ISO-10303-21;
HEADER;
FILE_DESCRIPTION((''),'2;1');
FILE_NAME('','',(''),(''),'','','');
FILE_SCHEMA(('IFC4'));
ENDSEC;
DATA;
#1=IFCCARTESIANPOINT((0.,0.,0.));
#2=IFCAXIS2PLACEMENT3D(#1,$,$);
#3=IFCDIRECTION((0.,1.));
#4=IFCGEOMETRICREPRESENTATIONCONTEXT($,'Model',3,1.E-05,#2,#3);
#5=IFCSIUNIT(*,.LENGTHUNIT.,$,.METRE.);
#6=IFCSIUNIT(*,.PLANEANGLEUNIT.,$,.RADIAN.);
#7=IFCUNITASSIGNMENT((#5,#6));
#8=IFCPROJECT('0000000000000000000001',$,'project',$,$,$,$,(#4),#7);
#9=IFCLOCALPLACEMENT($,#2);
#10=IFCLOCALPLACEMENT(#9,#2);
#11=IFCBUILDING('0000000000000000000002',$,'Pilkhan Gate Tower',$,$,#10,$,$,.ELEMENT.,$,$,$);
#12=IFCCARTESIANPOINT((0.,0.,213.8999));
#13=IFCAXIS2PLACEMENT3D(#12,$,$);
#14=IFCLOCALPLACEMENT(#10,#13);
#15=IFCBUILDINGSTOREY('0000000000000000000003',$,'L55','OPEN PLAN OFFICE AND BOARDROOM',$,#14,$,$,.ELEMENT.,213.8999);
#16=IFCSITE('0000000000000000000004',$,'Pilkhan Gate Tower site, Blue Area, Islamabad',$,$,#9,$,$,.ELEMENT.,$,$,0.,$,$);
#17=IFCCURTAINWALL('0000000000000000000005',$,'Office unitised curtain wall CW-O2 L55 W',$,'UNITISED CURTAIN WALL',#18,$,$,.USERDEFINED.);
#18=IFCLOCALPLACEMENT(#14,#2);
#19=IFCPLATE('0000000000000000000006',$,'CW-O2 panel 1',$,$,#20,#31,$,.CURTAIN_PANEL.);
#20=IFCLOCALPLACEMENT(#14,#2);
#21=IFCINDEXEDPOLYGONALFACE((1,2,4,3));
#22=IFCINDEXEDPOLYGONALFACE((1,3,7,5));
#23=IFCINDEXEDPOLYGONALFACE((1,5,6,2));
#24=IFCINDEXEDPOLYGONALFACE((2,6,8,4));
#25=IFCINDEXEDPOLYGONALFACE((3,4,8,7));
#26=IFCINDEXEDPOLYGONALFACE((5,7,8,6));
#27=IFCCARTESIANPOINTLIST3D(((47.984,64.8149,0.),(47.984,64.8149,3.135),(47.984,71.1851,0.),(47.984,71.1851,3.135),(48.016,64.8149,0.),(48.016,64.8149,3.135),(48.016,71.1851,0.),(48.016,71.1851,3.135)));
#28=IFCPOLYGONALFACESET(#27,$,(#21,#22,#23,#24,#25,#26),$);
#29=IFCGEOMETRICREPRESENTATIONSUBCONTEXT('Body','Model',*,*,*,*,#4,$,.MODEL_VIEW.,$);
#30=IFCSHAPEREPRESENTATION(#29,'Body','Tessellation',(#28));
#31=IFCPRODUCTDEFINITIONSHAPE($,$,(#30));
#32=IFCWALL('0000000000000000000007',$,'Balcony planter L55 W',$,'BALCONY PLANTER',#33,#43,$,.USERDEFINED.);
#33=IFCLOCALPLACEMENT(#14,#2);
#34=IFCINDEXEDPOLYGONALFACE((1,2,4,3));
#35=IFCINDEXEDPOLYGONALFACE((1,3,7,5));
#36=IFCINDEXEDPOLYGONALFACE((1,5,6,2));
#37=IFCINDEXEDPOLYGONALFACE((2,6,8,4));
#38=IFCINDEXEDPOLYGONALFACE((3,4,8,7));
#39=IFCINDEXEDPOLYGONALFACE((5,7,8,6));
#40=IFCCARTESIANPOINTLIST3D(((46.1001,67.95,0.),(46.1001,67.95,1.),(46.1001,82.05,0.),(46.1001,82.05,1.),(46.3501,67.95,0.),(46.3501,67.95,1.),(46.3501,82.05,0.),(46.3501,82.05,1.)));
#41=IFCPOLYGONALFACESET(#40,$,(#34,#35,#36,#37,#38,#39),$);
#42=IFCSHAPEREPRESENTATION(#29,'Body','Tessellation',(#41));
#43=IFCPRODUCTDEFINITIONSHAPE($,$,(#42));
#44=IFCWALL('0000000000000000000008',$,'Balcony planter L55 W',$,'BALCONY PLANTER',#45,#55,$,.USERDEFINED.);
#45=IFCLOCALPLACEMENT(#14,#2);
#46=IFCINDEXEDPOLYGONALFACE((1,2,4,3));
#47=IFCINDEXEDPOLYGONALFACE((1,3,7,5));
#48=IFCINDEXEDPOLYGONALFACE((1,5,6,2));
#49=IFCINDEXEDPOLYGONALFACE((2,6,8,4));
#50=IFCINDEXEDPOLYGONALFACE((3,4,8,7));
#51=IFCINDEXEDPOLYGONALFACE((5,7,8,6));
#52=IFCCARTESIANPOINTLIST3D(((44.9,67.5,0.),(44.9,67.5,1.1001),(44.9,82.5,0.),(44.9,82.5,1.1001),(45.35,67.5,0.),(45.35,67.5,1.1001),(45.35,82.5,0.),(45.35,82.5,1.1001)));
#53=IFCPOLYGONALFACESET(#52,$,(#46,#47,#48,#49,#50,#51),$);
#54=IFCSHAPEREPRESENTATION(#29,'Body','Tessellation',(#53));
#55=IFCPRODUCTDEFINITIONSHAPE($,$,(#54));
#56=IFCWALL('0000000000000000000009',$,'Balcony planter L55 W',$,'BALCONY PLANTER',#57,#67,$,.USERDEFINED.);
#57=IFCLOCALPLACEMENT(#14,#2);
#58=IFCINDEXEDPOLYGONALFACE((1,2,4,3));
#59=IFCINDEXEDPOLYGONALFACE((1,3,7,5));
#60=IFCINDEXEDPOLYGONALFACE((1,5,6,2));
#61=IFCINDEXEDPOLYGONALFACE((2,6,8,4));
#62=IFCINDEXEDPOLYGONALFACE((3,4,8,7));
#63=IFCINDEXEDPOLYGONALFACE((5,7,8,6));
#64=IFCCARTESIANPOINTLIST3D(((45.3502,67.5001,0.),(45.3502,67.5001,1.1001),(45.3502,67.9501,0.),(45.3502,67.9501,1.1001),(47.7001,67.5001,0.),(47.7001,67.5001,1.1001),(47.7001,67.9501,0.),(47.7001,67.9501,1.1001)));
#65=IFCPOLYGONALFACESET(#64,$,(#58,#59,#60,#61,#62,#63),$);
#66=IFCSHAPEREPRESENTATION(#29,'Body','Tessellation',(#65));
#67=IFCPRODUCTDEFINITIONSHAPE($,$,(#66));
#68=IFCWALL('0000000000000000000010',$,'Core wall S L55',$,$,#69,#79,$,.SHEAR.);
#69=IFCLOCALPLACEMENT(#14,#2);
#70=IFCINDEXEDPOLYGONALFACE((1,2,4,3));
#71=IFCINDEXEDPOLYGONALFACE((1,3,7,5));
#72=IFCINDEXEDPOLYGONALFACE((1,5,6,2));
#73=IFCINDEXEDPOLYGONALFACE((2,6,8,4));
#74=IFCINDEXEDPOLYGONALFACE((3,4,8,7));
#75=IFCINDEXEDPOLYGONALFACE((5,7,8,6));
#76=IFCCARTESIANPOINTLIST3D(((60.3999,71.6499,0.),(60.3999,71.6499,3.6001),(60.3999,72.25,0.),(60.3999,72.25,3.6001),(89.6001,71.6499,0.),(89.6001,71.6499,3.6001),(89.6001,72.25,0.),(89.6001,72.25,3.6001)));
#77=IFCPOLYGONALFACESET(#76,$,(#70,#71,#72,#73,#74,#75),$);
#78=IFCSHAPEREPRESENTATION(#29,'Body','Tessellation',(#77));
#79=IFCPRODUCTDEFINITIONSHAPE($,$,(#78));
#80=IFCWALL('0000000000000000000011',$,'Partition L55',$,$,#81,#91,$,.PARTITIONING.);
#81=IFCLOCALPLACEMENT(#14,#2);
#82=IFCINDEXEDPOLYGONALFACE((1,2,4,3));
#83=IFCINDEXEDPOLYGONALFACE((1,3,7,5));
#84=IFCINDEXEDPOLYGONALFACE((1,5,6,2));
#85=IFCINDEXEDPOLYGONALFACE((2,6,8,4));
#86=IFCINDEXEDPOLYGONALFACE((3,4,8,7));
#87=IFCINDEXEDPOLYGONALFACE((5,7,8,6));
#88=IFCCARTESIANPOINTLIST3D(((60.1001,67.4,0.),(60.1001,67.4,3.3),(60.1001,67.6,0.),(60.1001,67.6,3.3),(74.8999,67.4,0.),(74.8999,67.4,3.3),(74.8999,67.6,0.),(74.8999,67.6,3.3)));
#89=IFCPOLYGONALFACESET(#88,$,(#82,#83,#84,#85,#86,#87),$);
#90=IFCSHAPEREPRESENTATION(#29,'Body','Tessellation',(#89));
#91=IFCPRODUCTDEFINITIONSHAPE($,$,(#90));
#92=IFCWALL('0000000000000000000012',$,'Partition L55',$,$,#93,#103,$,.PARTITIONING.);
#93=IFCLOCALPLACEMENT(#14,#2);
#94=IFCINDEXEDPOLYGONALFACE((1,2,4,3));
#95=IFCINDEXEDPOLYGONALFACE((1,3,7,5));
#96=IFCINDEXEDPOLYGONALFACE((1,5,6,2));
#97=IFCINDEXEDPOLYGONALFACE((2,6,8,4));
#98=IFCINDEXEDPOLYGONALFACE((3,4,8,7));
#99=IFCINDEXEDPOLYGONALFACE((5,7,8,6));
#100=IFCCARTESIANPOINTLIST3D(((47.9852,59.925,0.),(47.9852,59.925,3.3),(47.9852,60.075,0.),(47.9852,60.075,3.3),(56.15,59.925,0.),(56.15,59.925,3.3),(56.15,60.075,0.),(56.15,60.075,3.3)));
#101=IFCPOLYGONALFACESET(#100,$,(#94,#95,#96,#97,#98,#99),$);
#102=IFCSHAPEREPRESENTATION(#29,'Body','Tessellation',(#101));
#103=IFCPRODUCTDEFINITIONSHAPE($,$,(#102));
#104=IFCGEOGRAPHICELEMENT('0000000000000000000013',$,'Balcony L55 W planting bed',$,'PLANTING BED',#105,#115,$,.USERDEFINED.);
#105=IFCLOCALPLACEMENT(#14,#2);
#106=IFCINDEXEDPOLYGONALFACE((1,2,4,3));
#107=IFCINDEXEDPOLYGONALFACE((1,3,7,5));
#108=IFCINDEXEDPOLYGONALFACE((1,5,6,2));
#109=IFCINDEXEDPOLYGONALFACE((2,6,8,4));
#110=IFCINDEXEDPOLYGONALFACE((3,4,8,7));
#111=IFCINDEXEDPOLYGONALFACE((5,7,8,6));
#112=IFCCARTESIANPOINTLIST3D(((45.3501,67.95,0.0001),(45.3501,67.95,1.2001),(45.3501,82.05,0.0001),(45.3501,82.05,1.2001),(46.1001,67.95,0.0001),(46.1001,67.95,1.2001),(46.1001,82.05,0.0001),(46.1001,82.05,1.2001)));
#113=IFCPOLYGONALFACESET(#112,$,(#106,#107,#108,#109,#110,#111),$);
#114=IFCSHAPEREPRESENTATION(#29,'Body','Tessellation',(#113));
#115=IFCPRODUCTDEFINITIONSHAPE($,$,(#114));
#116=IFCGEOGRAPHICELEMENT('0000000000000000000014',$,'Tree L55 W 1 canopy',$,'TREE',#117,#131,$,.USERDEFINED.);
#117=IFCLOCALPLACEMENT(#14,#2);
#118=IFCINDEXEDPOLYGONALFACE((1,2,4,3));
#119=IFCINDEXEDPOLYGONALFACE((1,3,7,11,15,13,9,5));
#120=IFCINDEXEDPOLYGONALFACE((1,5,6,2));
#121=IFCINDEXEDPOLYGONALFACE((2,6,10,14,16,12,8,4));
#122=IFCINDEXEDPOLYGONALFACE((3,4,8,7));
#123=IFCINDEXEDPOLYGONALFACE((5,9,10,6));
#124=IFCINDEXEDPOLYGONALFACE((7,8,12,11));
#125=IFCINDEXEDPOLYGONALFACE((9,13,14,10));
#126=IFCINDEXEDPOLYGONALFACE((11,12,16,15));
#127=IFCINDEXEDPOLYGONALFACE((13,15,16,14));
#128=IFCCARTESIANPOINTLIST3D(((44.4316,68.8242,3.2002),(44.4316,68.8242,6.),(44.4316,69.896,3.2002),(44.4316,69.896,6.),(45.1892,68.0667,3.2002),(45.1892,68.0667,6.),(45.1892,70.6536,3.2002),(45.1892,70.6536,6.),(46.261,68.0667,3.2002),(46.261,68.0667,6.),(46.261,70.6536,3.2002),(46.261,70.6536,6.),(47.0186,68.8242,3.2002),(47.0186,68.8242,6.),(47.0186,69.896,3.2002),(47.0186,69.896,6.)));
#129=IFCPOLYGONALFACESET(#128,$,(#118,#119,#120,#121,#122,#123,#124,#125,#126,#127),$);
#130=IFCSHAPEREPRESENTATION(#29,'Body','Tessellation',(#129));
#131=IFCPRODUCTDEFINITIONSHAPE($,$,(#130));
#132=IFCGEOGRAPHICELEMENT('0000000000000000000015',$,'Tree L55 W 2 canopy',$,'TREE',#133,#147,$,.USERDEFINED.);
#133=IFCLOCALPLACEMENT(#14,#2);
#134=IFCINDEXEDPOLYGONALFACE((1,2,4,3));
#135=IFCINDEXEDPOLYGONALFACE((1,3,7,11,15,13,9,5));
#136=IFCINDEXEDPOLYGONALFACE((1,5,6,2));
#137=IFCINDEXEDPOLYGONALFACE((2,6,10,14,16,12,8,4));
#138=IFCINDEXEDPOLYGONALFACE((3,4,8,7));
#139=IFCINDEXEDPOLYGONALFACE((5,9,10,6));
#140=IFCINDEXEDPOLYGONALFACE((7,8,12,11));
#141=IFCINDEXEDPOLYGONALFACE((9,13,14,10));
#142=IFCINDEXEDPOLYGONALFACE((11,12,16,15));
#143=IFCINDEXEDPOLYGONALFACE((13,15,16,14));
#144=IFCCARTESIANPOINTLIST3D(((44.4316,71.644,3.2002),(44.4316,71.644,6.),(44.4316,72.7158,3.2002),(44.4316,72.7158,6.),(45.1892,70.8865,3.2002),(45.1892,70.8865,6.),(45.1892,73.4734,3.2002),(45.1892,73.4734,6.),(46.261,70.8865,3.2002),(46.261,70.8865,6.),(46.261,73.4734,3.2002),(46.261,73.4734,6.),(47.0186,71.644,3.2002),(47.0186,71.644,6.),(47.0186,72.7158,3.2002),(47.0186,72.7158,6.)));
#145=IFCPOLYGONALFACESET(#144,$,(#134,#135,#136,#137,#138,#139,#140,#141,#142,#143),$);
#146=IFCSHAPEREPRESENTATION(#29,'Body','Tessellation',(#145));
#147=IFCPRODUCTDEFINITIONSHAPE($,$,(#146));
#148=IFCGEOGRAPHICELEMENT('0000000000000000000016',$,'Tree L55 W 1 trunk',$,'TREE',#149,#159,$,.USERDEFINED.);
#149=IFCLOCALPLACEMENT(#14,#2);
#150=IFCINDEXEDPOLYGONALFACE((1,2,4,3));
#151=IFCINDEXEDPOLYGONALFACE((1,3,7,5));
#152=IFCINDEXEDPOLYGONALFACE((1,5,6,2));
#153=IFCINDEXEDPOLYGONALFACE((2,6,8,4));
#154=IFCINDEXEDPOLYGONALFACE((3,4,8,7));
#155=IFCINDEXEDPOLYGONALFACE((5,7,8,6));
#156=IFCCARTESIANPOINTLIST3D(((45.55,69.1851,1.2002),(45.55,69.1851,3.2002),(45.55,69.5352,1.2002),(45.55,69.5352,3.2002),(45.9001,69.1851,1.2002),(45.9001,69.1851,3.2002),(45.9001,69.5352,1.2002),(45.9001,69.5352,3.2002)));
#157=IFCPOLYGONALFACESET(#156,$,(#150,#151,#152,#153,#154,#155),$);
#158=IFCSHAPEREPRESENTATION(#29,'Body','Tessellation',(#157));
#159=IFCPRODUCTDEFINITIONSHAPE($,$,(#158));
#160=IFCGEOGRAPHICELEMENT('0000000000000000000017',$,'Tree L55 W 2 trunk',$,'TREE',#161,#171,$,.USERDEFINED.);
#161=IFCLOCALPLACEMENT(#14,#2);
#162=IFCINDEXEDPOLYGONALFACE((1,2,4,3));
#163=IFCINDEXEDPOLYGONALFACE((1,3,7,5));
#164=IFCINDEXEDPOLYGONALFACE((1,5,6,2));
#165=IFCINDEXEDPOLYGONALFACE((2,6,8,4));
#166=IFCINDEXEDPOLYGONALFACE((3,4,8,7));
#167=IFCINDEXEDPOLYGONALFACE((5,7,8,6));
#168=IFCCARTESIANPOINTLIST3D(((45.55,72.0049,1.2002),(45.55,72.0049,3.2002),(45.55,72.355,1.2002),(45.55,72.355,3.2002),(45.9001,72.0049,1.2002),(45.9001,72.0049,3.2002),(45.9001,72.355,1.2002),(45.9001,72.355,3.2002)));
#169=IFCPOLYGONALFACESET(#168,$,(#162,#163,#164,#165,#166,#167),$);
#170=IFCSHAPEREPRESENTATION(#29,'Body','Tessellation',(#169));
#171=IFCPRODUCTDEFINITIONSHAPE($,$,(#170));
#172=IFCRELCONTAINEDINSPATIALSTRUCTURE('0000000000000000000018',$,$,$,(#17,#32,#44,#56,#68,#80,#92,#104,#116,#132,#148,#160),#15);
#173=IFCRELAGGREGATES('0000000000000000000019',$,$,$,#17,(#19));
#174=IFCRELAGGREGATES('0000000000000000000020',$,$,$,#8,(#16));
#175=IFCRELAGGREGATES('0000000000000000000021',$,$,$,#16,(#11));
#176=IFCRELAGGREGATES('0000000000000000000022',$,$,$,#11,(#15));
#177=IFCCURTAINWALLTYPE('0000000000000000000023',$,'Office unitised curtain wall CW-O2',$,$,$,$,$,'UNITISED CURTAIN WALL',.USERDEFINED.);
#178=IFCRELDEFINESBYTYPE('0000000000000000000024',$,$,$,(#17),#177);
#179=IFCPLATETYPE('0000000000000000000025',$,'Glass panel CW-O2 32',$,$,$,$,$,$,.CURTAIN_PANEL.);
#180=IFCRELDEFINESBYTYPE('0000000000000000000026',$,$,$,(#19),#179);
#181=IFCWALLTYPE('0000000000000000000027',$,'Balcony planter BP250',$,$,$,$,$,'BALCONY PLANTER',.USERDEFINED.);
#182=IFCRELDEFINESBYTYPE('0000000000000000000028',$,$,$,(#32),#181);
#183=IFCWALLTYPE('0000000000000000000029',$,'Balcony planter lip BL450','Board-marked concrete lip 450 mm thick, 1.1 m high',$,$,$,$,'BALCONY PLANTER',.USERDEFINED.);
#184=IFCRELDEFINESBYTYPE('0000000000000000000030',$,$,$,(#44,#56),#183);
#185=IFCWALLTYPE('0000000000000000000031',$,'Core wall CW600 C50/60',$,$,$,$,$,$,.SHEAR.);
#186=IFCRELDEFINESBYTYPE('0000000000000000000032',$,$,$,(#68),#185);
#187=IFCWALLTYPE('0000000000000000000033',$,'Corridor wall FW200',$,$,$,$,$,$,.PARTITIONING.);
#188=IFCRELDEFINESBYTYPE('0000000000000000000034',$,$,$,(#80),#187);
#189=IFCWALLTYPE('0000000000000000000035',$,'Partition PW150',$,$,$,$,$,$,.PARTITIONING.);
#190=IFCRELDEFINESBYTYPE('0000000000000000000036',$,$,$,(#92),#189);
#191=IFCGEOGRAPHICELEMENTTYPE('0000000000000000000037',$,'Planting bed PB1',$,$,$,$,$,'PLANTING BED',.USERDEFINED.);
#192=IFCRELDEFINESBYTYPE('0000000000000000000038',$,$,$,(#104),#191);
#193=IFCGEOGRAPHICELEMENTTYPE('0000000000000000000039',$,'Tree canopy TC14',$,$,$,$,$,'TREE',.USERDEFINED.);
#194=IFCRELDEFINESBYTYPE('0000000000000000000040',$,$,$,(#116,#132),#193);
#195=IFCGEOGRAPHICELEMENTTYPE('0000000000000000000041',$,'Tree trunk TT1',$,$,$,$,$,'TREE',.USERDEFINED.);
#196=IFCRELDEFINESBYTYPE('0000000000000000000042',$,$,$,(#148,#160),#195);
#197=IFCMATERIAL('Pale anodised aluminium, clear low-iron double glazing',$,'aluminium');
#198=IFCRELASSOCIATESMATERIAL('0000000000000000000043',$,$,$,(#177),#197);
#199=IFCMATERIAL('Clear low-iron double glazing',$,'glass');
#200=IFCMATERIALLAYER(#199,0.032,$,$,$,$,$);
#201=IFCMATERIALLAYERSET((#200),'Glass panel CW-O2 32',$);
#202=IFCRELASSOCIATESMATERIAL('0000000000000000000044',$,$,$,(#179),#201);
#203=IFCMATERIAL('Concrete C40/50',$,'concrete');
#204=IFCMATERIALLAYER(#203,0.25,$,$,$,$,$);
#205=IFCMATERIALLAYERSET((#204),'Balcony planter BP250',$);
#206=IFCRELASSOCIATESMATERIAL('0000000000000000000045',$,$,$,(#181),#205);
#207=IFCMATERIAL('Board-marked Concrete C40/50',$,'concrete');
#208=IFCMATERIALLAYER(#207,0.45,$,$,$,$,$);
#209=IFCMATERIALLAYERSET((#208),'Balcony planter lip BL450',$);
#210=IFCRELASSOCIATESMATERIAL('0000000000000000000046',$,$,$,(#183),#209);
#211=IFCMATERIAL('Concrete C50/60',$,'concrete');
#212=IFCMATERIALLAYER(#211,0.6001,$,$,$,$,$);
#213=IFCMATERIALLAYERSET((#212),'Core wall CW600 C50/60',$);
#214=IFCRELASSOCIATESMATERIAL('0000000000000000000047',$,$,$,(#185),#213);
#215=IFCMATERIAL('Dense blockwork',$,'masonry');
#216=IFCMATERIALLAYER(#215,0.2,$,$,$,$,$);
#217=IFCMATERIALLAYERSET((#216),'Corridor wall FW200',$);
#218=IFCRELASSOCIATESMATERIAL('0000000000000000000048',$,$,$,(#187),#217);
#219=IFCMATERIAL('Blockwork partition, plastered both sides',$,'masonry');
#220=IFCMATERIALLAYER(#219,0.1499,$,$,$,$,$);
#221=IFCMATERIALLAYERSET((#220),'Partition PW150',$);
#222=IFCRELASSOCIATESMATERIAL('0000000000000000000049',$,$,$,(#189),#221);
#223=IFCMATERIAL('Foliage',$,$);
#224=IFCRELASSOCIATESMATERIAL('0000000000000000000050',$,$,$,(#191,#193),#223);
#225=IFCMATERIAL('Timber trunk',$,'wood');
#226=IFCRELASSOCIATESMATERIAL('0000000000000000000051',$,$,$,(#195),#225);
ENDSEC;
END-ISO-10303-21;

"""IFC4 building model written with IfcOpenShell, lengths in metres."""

from ifc_helpers import new_model, si_unit, direction, frame, frame_2d, origin, origin_2d, place, context, subcontext, project, spatial, polyline, rectangle, outline, extrude, material, layer, layer_set, material_profile, profile_set, type_object, element, aggregate, save


model = new_model("IFC4")

# Units and contexts
model_context = context("Model", 3, precision=1e-05, world=origin(), true_north=direction((0.0, 1.0)))
body_context = subcontext(model_context, "Body", "Model", "MODEL_VIEW")
ifc_project = project(units=[si_unit("LENGTHUNIT", "METRE"), si_unit("PLANEANGLEUNIT", "RADIAN")], contexts=[model_context])

# Site, building, storey
site_placement = place(None, origin())
site = spatial("IfcSite", under=ifc_project, at=site_placement, Name="Pilkhan Gate Tower site, Blue Area, Islamabad", CompositionType="ELEMENT", RefElevation=0.0)
building_placement = place(site_placement, origin())
building = spatial("IfcBuilding", under=site, at=building_placement, Name="Pilkhan Gate Tower", CompositionType="ELEMENT")
storey_placement = place(building_placement, frame((0.0, 0.0, 213.8999)))
storey = spatial("IfcBuildingStorey", under=building, at=storey_placement, Name="L55", Description="OPEN PLAN OFFICE AND BOARDROOM", CompositionType="ELEMENT", Elevation=213.8999)

# Shared definitions
ifc_material_1 = material(Name="Concrete C50/60", Category="concrete")

# Shared definitions
ifc_material_2 = material(Name="Pale anodised aluminium, clear low-iron double glazing", Category="aluminium")
curtain_wall_type = type_object("IfcCurtainWallType", Name="Office unitised curtain wall CW-O2", ElementType="UNITISED CURTAIN WALL", PredefinedType="USERDEFINED", material=ifc_material_2)

# Curtain wall
curtain_wall_1_placement = place(storey_placement, origin())
curtain_wall_1 = element("IfcCurtainWall", 1, at=curtain_wall_1_placement, inside=storey, type_object=curtain_wall_type, Name="Office unitised curtain wall CW-O2 L55 W", ObjectType="UNITISED CURTAIN WALL", PredefinedType="USERDEFINED")

# Plate
ifc_material_3 = material(Name="Clear low-iron double glazing", Category="glass")
ifc_layer_1 = layer(ifc_material_3, 0.032)
ifc_layer_set_1 = layer_set([ifc_layer_1], Name="Glass panel CW-O2 32")
plate_type = type_object("IfcPlateType", Name="Glass panel CW-O2 32", PredefinedType="CURTAIN_PANEL", material=ifc_layer_set_1)
plate_1_placement = place(storey_placement, frame((48.0, 68.0, 0.0), z_axis=(0.0, 0.0, 1.0), x_axis=(0.0, 1.0, 0.0)))
plate_1 = element("IfcPlate", 2, at=plate_1_placement, type_object=plate_type, Name="CW-O2 panel 1", PredefinedType="CURTAIN_PANEL", context=body_context, shape_type="SweptSolid", body=[
    extrude(rectangle(XDim=6.3701, YDim=0.032, at=origin_2d()), origin(), (0.0, 0.0, 1.0), 3.135),
])
aggregate(curtain_wall_1, [plate_1])

# Walls
ifc_material_4 = material(Name="Concrete C40/50", Category="concrete")
ifc_layer_2 = layer(ifc_material_4, 0.25)
ifc_layer_set_2 = layer_set([ifc_layer_2], Name="Balcony planter BP250")
wall_type_1 = type_object("IfcWallType", Name="Balcony planter BP250", ElementType="BALCONY PLANTER", PredefinedType="USERDEFINED", material=ifc_layer_set_2)
wall_1_placement = place(storey_placement, frame((46.2251, 67.95, 0.0), z_axis=(0.0, 0.0, 1.0), x_axis=(0.0, 1.0, 0.0)))
element("IfcWall", 3, at=wall_1_placement, inside=storey, type_object=wall_type_1, Name="Balcony planter L55 W", ObjectType="BALCONY PLANTER", PredefinedType="USERDEFINED", context=body_context, shape_type="SweptSolid", body=[
    extrude(rectangle(XDim=14.1001, YDim=0.25, at=frame_2d((7.05, 0.0))), origin(), (0.0, 0.0, 1.0), 1.0),
])
ifc_material_5 = material(Name="Board-marked Concrete C40/50", Category="concrete")
ifc_layer_3 = layer(ifc_material_5, 0.45)
ifc_layer_set_3 = layer_set([ifc_layer_3], Name="Balcony planter lip BL450")
wall_type_2 = type_object("IfcWallType", Name="Balcony planter lip BL450", Description="Board-marked concrete lip 450 mm thick, 1.1 m high", ElementType="BALCONY PLANTER", PredefinedType="USERDEFINED", material=ifc_layer_set_3)
wall_2_placement = place(storey_placement, frame((45.125, 67.5, 0.0), z_axis=(0.0, 0.0, 1.0), x_axis=(0.0, 1.0, 0.0)))
element("IfcWall", 4, at=wall_2_placement, inside=storey, type_object=wall_type_2, Name="Balcony planter L55 W", ObjectType="BALCONY PLANTER", PredefinedType="USERDEFINED", context=body_context, shape_type="SweptSolid", body=[
    extrude(rectangle(XDim=15.0, YDim=0.45, at=frame_2d((7.5, 0.0))), origin(), (0.0, 0.0, 1.0), 1.1001),
])
wall_3_placement = place(storey_placement, frame((47.7, 67.7251, 0.0), z_axis=(0.0, 0.0, 1.0), x_axis=(-1.0, 0.0, 0.0)))
element("IfcWall", 5, at=wall_3_placement, inside=storey, type_object=wall_type_2, Name="Balcony planter L55 W", ObjectType="BALCONY PLANTER", PredefinedType="USERDEFINED", context=body_context, shape_type="SweptSolid", body=[
    extrude(rectangle(XDim=2.3499, YDim=0.45, at=frame_2d((1.1748, 0.0))), origin(), (0.0, 0.0, 1.0), 1.1001),
])
ifc_layer_4 = layer(ifc_material_1, 0.6001)
ifc_layer_set_4 = layer_set([ifc_layer_4], Name="Core wall CW600 C50/60")
wall_type_3 = type_object("IfcWallType", Name="Core wall CW600 C50/60", PredefinedType="SHEAR", material=ifc_layer_set_4)
wall_4_placement = place(storey_placement, frame((60.3999, 71.95, 0.0), z_axis=(0.0, 0.0, 1.0), x_axis=(1.0, 0.0, 0.0)))
element("IfcWall", 6, at=wall_4_placement, inside=storey, type_object=wall_type_3, Name="Core wall S L55", PredefinedType="SHEAR", context=body_context, shape_type="SweptSolid", body=[
    extrude(rectangle(XDim=29.2002, YDim=0.6001, at=frame_2d((14.6001, 0.0))), origin(), (0.0, 0.0, 1.0), 3.6001),
])
ifc_material_6 = material(Name="Dense blockwork", Category="masonry")
ifc_layer_5 = layer(ifc_material_6, 0.2)
ifc_layer_set_5 = layer_set([ifc_layer_5], Name="Corridor wall FW200")
wall_type_4 = type_object("IfcWallType", Name="Corridor wall FW200", PredefinedType="PARTITIONING", material=ifc_layer_set_5)
wall_5_placement = place(storey_placement, frame((60.1001, 67.5, 0.0), z_axis=(0.0, 0.0, 1.0), x_axis=(1.0, 0.0, 0.0)))
element("IfcWall", 7, at=wall_5_placement, inside=storey, type_object=wall_type_4, Name="Partition L55", PredefinedType="PARTITIONING", context=body_context, shape_type="SweptSolid", body=[
    extrude(rectangle(XDim=14.7998, YDim=0.2, at=frame_2d((7.3999, 0.0))), origin(), (0.0, 0.0, 1.0), 3.3),
])

# Wall
ifc_material_7 = material(Name="Blockwork partition, plastered both sides", Category="masonry")
ifc_layer_6 = layer(ifc_material_7, 0.1499)
ifc_layer_set_6 = layer_set([ifc_layer_6], Name="Partition PW150")
wall_type_5 = type_object("IfcWallType", Name="Partition PW150", PredefinedType="PARTITIONING", material=ifc_layer_set_6)
wall_6_placement = place(storey_placement, frame((47.9851, 60.0, 0.0), z_axis=(0.0, 0.0, 1.0), x_axis=(1.0, 0.0, 0.0)))
element("IfcWall", 8, at=wall_6_placement, inside=storey, type_object=wall_type_5, Name="Partition L55", PredefinedType="PARTITIONING", context=body_context, shape_type="SweptSolid", body=[
    extrude(rectangle(XDim=8.1648, YDim=0.1499, at=frame_2d((4.0825, 0.0))), origin(), (0.0, 0.0, 1.0), 3.3),
])

# Geographic elements
ifc_material_8 = material(Name="Foliage")
ifc_material_profile_1 = material_profile(ifc_material_8, rectangle(XDim=0.75, YDim=1.2, at=origin_2d()), Name="Bed 750x1200")
ifc_profile_set_1 = profile_set([ifc_material_profile_1], Name="Foliage")
geographic_element_type_1 = type_object("IfcGeographicElementType", Name="Planting bed PB1", ElementType="PLANTING BED", PredefinedType="USERDEFINED", material=ifc_profile_set_1)
geographic_element_placement = place(storey_placement, frame((45.7251, 67.95, 0.6001), z_axis=(0.0, 1.0, 0.0), x_axis=(-1.0, 0.0, 0.0)))
element("IfcGeographicElement", 9, at=geographic_element_placement, inside=storey, type_object=geographic_element_type_1, Name="Balcony L55 W planting bed", ObjectType="PLANTING BED", PredefinedType="USERDEFINED", context=body_context, shape_type="SweptSolid", body=[
    extrude(rectangle(XDim=0.75, YDim=1.2, at=origin_2d()), origin(), (0.0, 0.0, 1.0), 14.1001),
])
ifc_material_profile_2 = material_profile(ifc_material_8, outline(polyline([(1.2935, 0.5359), (0.5359, 1.2935), (-0.5359, 1.2935), (-1.2935, 0.5359), (-1.2935, -0.5359), (-0.5359, -1.2935), (0.5359, -1.2935), (1.2935, -0.5359), (1.2935, 0.5359)])), Name="Canopy D2.8")
ifc_profile_set_2 = profile_set([ifc_material_profile_2], Name="Foliage")
geographic_element_type_2 = type_object("IfcGeographicElementType", Name="Tree canopy TC14", ElementType="TREE", PredefinedType="USERDEFINED", material=ifc_profile_set_2)
for number, where, z_axis, x_axis, name in (
    (10, (45.7251, 69.3601, 3.2002), (0.0, 0.0, 1.0), (1.0, 0.0, 0.0), "Tree L55 W 1 canopy"),
    (11, (45.7251, 72.1799, 3.2002), (0.0, 0.0, 1.0), (1.0, 0.0, 0.0), "Tree L55 W 2 canopy"),
):
    element("IfcGeographicElement", number, at=place(storey_placement, frame(where, z_axis=z_axis, x_axis=x_axis)), inside=storey, type_object=geographic_element_type_2, Name=name, ObjectType="TREE", PredefinedType="USERDEFINED", context=body_context, shape_type="SweptSolid", body=[
        extrude(outline(polyline([(1.2935, 0.5359), (0.5359, 1.2935), (-0.5359, 1.2935), (-1.2935, 0.5359), (-1.2935, -0.5359), (-0.5359, -1.2935), (0.5359, -1.2935), (1.2935, -0.5359), (1.2935, 0.5359)])), origin(), (0.0, 0.0, 1.0), 2.7998),
    ])
ifc_material_9 = material(Name="Timber trunk", Category="wood")
geographic_element_type_3 = type_object("IfcGeographicElementType", Name="Tree trunk TT1", ElementType="TREE", PredefinedType="USERDEFINED", material=ifc_material_9)
for number, where, z_axis, x_axis, name in (
    (12, (45.7251, 69.3601, 1.2002), (0.0, 0.0, 1.0), (1.0, 0.0, 0.0), "Tree L55 W 1 trunk"),
    (13, (45.7251, 72.1799, 1.2002), (0.0, 0.0, 1.0), (1.0, 0.0, 0.0), "Tree L55 W 2 trunk"),
):
    element("IfcGeographicElement", number, at=place(storey_placement, frame(where, z_axis=z_axis, x_axis=x_axis)), inside=storey, type_object=geographic_element_type_3, Name=name, ObjectType="TREE", PredefinedType="USERDEFINED", context=body_context, shape_type="SweptSolid", body=[
        extrude(rectangle(XDim=0.3501, YDim=0.3501, at=origin_2d()), origin(), (0.0, 0.0, 1.0), 2.0),
    ])

save(model, "model.ifc")
